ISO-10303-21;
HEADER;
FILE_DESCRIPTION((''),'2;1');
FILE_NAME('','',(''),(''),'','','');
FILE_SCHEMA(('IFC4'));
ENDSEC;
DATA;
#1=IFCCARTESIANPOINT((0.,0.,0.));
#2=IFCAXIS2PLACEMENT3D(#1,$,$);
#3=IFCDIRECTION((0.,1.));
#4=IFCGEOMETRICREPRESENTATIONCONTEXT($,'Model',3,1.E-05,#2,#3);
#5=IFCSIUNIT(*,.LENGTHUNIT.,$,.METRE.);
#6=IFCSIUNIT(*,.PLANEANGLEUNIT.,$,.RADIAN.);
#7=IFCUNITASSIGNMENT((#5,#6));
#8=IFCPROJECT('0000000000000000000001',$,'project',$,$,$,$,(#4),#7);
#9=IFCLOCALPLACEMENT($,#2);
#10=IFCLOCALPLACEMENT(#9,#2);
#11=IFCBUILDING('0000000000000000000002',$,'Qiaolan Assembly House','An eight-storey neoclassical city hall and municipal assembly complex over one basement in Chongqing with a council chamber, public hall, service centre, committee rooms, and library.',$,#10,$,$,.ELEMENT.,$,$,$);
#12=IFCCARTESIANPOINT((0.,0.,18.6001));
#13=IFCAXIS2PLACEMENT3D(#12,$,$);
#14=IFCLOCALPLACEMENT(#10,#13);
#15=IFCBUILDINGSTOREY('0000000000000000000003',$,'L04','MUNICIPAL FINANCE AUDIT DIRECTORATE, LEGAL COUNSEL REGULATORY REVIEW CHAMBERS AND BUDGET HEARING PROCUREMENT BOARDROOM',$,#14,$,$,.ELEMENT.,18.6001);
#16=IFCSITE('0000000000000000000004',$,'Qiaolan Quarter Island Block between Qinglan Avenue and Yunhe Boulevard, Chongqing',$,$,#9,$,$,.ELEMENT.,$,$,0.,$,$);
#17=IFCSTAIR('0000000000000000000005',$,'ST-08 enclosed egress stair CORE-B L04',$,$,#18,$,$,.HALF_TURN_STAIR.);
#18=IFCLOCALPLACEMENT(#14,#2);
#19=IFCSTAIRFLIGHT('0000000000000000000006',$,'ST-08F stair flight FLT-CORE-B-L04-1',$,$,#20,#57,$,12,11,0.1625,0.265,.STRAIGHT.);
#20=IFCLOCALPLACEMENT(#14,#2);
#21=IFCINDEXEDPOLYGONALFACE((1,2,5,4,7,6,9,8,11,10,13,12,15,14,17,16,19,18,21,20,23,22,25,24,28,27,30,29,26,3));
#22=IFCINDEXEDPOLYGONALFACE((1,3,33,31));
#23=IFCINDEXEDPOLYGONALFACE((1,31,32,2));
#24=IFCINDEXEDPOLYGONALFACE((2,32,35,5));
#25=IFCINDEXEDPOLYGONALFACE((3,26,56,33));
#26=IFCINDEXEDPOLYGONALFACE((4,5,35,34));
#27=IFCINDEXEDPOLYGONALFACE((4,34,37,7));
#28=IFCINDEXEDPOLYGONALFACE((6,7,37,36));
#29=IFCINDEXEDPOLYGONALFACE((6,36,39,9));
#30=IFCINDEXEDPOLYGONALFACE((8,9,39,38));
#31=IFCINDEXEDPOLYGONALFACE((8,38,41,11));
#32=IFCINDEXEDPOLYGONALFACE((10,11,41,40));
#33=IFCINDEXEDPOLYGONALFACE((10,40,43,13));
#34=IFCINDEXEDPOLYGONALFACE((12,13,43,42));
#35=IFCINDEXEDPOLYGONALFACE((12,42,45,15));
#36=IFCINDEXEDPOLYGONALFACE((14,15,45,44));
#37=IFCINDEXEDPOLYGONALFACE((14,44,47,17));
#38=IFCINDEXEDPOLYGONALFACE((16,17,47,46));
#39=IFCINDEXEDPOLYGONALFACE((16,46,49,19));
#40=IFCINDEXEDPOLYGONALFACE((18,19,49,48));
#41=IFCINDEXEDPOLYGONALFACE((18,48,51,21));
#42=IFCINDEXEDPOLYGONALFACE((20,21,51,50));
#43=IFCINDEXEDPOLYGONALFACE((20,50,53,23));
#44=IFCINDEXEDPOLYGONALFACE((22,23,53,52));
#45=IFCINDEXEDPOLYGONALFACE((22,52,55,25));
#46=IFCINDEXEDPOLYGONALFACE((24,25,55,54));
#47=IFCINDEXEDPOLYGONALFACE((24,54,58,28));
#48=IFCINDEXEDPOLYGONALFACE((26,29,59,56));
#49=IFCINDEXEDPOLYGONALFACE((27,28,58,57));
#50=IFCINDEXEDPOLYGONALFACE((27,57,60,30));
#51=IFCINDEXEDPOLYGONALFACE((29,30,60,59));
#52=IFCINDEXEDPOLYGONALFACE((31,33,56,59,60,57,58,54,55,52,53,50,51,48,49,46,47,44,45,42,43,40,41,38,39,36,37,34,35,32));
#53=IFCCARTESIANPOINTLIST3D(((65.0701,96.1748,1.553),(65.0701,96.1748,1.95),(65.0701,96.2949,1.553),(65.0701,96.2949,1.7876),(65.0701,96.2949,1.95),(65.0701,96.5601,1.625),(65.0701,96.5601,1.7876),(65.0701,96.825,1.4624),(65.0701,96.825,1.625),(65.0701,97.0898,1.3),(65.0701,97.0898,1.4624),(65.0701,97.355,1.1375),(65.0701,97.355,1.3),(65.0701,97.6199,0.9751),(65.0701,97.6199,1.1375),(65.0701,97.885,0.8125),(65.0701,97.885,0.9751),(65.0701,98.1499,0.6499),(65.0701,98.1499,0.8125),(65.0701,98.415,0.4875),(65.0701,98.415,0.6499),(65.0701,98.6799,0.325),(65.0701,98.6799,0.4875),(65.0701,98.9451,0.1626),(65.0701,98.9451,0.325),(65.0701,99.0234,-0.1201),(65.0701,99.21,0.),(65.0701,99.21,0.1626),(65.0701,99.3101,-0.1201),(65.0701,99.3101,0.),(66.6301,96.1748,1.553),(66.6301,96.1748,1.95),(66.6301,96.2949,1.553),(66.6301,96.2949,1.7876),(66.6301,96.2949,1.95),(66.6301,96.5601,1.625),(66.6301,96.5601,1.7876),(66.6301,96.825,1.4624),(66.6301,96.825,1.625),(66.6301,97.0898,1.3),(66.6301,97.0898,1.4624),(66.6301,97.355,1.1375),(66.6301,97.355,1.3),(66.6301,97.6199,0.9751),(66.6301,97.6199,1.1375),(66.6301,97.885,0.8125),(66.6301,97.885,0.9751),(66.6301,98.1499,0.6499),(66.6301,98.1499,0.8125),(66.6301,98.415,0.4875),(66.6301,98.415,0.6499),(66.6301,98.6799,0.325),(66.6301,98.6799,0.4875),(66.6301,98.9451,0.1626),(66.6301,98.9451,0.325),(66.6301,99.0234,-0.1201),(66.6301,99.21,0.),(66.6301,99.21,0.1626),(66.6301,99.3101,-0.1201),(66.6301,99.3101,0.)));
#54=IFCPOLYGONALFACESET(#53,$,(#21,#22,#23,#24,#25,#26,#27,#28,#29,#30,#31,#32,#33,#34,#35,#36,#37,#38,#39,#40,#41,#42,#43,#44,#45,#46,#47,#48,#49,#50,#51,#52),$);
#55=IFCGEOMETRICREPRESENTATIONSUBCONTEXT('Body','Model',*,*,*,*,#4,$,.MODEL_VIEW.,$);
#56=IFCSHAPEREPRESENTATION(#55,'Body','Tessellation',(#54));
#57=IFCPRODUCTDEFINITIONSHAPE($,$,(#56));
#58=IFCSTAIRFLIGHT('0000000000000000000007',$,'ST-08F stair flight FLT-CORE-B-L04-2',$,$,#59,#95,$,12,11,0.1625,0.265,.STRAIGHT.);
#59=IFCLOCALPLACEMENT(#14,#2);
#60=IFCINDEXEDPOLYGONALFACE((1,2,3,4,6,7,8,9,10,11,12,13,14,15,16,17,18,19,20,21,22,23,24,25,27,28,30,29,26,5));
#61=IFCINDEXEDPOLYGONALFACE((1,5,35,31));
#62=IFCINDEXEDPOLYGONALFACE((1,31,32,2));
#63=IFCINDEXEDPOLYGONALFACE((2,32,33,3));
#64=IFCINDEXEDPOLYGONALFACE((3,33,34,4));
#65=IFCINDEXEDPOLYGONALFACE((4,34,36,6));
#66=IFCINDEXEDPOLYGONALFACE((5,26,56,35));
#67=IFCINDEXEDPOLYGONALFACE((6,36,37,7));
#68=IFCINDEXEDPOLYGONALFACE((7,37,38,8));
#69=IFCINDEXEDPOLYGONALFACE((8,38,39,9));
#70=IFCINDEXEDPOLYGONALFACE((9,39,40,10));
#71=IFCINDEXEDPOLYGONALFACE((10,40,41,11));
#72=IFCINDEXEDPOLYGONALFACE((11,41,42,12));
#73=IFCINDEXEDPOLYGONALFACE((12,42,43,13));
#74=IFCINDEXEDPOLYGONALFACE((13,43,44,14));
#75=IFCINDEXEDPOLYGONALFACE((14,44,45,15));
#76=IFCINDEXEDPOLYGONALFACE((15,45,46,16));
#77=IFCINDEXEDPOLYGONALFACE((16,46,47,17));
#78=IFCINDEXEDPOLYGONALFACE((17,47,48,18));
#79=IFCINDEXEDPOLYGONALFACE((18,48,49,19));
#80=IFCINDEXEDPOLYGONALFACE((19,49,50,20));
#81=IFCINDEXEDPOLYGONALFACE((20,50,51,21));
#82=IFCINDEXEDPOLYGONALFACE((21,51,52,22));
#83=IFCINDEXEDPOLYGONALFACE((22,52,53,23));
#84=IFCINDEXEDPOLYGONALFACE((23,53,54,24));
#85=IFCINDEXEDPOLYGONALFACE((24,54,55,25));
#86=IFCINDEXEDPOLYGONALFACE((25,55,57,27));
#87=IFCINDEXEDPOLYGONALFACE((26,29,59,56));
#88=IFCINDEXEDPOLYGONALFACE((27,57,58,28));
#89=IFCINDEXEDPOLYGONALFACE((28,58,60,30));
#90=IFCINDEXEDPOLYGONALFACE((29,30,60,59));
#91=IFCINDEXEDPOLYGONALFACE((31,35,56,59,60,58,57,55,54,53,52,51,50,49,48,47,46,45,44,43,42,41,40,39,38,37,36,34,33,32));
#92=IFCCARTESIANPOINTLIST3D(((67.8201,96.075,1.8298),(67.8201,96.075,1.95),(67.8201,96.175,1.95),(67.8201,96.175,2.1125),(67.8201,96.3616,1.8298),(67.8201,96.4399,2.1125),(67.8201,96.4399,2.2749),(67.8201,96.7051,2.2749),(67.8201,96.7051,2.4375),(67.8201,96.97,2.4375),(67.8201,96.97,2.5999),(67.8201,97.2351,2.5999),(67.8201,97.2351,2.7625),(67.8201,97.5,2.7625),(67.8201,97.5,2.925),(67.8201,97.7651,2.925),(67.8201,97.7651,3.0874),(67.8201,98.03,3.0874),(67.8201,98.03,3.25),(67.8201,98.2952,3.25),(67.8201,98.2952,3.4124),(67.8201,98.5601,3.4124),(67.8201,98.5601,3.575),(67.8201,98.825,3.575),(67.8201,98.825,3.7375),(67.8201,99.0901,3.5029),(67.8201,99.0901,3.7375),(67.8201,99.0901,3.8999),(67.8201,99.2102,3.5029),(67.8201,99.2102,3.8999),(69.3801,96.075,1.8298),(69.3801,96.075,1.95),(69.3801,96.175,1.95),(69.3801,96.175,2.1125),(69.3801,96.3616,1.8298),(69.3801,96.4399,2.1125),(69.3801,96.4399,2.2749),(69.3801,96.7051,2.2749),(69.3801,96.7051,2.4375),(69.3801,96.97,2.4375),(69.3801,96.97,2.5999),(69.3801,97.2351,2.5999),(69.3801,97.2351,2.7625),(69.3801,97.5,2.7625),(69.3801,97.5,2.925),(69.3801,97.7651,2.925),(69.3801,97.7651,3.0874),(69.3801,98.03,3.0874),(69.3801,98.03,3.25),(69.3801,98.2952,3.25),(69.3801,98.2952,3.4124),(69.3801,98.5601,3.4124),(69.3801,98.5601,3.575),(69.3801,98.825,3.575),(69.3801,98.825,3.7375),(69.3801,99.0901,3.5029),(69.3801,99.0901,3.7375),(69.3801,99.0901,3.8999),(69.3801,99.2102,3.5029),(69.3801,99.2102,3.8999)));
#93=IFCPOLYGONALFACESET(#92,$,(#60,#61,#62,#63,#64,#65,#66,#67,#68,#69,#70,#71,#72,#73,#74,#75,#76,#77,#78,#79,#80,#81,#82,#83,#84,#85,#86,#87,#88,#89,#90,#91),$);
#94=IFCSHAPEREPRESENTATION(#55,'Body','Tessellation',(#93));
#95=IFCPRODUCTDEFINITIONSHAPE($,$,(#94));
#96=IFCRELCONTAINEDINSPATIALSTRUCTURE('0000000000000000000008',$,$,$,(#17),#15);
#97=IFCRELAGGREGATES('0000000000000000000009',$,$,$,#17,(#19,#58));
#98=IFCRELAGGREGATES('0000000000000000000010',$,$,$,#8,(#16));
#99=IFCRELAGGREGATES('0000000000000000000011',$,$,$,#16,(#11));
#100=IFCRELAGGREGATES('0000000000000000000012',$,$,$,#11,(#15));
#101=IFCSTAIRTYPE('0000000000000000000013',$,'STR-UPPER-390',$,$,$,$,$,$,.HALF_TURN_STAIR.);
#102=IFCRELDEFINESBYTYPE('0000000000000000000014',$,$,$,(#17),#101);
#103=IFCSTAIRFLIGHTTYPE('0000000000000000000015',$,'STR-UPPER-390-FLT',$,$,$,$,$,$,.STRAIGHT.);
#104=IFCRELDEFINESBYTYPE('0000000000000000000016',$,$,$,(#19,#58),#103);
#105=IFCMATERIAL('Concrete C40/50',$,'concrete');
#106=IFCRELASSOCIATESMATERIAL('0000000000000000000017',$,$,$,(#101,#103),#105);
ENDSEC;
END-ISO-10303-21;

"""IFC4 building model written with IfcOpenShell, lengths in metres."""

from ifc_helpers import new_model, si_unit, direction, frame, origin, place, context, subcontext, project, spatial, polyline, outline, extrude, material, type_object, element, aggregate, save


model = new_model("IFC4")

# Units and contexts
model_context = context("Model", 3, precision=1e-05, world=origin(), true_north=direction((0.0, 1.0)))
body_context = subcontext(model_context, "Body", "Model", "MODEL_VIEW")
ifc_project = project(units=[si_unit("LENGTHUNIT", "METRE"), si_unit("PLANEANGLEUNIT", "RADIAN")], contexts=[model_context])

# Site, building, storey
site_placement = place(None, origin())
site = spatial("IfcSite", under=ifc_project, at=site_placement, Name="Qiaolan Quarter Island Block between Qinglan Avenue and Yunhe Boulevard, Chongqing", CompositionType="ELEMENT", RefElevation=0.0)
building_placement = place(site_placement, origin())
building = spatial("IfcBuilding", under=site, at=building_placement, Name="Qiaolan Assembly House", Description="An eight-storey neoclassical city hall and municipal assembly complex over one basement in Chongqing with a council chamber, public hall, service centre, committee rooms, and library.", CompositionType="ELEMENT")
storey_placement = place(building_placement, frame((0.0, 0.0, 18.6001)))
storey = spatial("IfcBuildingStorey", under=building, at=storey_placement, Name="L04", Description="MUNICIPAL FINANCE AUDIT DIRECTORATE, LEGAL COUNSEL REGULATORY REVIEW CHAMBERS AND BUDGET HEARING PROCUREMENT BOARDROOM", CompositionType="ELEMENT", Elevation=18.6001)

# Shared definitions
ifc_material_1 = material(Name="Concrete C40/50", Category="concrete")

# Stair, stair flights
stair_type = type_object("IfcStairType", Name="STR-UPPER-390", PredefinedType="HALF_TURN_STAIR", material=ifc_material_1)
stair_placement = place(storey_placement, origin())
stair = element("IfcStair", 1, at=stair_placement, inside=storey, type_object=stair_type, Name="ST-08 enclosed egress stair CORE-B L04", PredefinedType="HALF_TURN_STAIR")
stair_flight_type = type_object("IfcStairFlightType", Name="STR-UPPER-390-FLT", PredefinedType="STRAIGHT", material=ifc_material_1)
stair_flight_1_placement = place(storey_placement, frame((65.8501, 99.21, 0.0), z_axis=(0.0, 0.0, 1.0), x_axis=(0.0, -1.0, 0.0)))
stair_flight_1 = element("IfcStairFlight", 2, at=stair_flight_1_placement, type_object=stair_flight_type, Name="ST-08F stair flight FLT-CORE-B-L04-1", NumberOfRisers=12, NumberOfTreads=11, PredefinedType="STRAIGHT", RiserHeight=0.1625, TreadLength=0.265, context=body_context, shape_type="SweptSolid", body=[
    extrude(outline(polyline([(-0.1001, -0.1201), (-0.1001, 0.0), (0.0, 0.0), (0.0, 0.1626), (0.2649, 0.1626), (0.2649, 0.325), (0.53, 0.325), (0.53, 0.4875), (0.7949, 0.4875), (0.7949, 0.6499), (1.0601, 0.6499), (1.0601, 0.8125), (1.325, 0.8125), (1.325, 0.9751), (1.5901, 0.9751), (1.5901, 1.1375), (1.855, 1.1375), (1.855, 1.3), (2.1201, 1.3), (2.1201, 1.4624), (2.385, 1.4624), (2.385, 1.625), (2.6499, 1.625), (2.6499, 1.7876), (2.915, 1.7876), (2.915, 1.95), (3.0352, 1.95), (3.0352, 1.553), (2.915, 1.553), (0.1865, -0.1201), (-0.1001, -0.1201)])), frame((0.0, 0.78, 0.0), z_axis=(0.0, -1.0, 0.0), x_axis=(1.0, 0.0, 0.0)), (0.0, 0.0, 1.0), 1.5601),
])
stair_flight_2_placement = place(storey_placement, frame((68.6001, 96.175, 1.95), z_axis=(0.0, 0.0, 1.0), x_axis=(0.0, 1.0, 0.0)))
stair_flight_2 = element("IfcStairFlight", 3, at=stair_flight_2_placement, type_object=stair_flight_type, Name="ST-08F stair flight FLT-CORE-B-L04-2", NumberOfRisers=12, NumberOfTreads=11, PredefinedType="STRAIGHT", RiserHeight=0.1625, TreadLength=0.265, context=body_context, shape_type="SweptSolid", body=[
    extrude(outline(polyline([(-0.1001, -0.1201), (-0.1001, 0.0), (0.0, 0.0), (0.0, 0.1626), (0.2649, 0.1626), (0.2649, 0.325), (0.53, 0.325), (0.53, 0.4875), (0.7949, 0.4875), (0.7949, 0.6499), (1.0601, 0.6499), (1.0601, 0.8125), (1.325, 0.8125), (1.325, 0.9751), (1.5901, 0.9751), (1.5901, 1.1375), (1.855, 1.1375), (1.855, 1.3), (2.1201, 1.3), (2.1201, 1.4624), (2.385, 1.4624), (2.385, 1.625), (2.6499, 1.625), (2.6499, 1.7876), (2.915, 1.7876), (2.915, 1.95), (3.0352, 1.95), (3.0352, 1.553), (2.915, 1.553), (0.1865, -0.1201), (-0.1001, -0.1201)])), frame((0.0, 0.78, 0.0), z_axis=(0.0, -1.0, 0.0), x_axis=(1.0, 0.0, 0.0)), (0.0, 0.0, 1.0), 1.5601),
])
aggregate(stair, [stair_flight_1, stair_flight_2])

save(model, "model.ifc")
